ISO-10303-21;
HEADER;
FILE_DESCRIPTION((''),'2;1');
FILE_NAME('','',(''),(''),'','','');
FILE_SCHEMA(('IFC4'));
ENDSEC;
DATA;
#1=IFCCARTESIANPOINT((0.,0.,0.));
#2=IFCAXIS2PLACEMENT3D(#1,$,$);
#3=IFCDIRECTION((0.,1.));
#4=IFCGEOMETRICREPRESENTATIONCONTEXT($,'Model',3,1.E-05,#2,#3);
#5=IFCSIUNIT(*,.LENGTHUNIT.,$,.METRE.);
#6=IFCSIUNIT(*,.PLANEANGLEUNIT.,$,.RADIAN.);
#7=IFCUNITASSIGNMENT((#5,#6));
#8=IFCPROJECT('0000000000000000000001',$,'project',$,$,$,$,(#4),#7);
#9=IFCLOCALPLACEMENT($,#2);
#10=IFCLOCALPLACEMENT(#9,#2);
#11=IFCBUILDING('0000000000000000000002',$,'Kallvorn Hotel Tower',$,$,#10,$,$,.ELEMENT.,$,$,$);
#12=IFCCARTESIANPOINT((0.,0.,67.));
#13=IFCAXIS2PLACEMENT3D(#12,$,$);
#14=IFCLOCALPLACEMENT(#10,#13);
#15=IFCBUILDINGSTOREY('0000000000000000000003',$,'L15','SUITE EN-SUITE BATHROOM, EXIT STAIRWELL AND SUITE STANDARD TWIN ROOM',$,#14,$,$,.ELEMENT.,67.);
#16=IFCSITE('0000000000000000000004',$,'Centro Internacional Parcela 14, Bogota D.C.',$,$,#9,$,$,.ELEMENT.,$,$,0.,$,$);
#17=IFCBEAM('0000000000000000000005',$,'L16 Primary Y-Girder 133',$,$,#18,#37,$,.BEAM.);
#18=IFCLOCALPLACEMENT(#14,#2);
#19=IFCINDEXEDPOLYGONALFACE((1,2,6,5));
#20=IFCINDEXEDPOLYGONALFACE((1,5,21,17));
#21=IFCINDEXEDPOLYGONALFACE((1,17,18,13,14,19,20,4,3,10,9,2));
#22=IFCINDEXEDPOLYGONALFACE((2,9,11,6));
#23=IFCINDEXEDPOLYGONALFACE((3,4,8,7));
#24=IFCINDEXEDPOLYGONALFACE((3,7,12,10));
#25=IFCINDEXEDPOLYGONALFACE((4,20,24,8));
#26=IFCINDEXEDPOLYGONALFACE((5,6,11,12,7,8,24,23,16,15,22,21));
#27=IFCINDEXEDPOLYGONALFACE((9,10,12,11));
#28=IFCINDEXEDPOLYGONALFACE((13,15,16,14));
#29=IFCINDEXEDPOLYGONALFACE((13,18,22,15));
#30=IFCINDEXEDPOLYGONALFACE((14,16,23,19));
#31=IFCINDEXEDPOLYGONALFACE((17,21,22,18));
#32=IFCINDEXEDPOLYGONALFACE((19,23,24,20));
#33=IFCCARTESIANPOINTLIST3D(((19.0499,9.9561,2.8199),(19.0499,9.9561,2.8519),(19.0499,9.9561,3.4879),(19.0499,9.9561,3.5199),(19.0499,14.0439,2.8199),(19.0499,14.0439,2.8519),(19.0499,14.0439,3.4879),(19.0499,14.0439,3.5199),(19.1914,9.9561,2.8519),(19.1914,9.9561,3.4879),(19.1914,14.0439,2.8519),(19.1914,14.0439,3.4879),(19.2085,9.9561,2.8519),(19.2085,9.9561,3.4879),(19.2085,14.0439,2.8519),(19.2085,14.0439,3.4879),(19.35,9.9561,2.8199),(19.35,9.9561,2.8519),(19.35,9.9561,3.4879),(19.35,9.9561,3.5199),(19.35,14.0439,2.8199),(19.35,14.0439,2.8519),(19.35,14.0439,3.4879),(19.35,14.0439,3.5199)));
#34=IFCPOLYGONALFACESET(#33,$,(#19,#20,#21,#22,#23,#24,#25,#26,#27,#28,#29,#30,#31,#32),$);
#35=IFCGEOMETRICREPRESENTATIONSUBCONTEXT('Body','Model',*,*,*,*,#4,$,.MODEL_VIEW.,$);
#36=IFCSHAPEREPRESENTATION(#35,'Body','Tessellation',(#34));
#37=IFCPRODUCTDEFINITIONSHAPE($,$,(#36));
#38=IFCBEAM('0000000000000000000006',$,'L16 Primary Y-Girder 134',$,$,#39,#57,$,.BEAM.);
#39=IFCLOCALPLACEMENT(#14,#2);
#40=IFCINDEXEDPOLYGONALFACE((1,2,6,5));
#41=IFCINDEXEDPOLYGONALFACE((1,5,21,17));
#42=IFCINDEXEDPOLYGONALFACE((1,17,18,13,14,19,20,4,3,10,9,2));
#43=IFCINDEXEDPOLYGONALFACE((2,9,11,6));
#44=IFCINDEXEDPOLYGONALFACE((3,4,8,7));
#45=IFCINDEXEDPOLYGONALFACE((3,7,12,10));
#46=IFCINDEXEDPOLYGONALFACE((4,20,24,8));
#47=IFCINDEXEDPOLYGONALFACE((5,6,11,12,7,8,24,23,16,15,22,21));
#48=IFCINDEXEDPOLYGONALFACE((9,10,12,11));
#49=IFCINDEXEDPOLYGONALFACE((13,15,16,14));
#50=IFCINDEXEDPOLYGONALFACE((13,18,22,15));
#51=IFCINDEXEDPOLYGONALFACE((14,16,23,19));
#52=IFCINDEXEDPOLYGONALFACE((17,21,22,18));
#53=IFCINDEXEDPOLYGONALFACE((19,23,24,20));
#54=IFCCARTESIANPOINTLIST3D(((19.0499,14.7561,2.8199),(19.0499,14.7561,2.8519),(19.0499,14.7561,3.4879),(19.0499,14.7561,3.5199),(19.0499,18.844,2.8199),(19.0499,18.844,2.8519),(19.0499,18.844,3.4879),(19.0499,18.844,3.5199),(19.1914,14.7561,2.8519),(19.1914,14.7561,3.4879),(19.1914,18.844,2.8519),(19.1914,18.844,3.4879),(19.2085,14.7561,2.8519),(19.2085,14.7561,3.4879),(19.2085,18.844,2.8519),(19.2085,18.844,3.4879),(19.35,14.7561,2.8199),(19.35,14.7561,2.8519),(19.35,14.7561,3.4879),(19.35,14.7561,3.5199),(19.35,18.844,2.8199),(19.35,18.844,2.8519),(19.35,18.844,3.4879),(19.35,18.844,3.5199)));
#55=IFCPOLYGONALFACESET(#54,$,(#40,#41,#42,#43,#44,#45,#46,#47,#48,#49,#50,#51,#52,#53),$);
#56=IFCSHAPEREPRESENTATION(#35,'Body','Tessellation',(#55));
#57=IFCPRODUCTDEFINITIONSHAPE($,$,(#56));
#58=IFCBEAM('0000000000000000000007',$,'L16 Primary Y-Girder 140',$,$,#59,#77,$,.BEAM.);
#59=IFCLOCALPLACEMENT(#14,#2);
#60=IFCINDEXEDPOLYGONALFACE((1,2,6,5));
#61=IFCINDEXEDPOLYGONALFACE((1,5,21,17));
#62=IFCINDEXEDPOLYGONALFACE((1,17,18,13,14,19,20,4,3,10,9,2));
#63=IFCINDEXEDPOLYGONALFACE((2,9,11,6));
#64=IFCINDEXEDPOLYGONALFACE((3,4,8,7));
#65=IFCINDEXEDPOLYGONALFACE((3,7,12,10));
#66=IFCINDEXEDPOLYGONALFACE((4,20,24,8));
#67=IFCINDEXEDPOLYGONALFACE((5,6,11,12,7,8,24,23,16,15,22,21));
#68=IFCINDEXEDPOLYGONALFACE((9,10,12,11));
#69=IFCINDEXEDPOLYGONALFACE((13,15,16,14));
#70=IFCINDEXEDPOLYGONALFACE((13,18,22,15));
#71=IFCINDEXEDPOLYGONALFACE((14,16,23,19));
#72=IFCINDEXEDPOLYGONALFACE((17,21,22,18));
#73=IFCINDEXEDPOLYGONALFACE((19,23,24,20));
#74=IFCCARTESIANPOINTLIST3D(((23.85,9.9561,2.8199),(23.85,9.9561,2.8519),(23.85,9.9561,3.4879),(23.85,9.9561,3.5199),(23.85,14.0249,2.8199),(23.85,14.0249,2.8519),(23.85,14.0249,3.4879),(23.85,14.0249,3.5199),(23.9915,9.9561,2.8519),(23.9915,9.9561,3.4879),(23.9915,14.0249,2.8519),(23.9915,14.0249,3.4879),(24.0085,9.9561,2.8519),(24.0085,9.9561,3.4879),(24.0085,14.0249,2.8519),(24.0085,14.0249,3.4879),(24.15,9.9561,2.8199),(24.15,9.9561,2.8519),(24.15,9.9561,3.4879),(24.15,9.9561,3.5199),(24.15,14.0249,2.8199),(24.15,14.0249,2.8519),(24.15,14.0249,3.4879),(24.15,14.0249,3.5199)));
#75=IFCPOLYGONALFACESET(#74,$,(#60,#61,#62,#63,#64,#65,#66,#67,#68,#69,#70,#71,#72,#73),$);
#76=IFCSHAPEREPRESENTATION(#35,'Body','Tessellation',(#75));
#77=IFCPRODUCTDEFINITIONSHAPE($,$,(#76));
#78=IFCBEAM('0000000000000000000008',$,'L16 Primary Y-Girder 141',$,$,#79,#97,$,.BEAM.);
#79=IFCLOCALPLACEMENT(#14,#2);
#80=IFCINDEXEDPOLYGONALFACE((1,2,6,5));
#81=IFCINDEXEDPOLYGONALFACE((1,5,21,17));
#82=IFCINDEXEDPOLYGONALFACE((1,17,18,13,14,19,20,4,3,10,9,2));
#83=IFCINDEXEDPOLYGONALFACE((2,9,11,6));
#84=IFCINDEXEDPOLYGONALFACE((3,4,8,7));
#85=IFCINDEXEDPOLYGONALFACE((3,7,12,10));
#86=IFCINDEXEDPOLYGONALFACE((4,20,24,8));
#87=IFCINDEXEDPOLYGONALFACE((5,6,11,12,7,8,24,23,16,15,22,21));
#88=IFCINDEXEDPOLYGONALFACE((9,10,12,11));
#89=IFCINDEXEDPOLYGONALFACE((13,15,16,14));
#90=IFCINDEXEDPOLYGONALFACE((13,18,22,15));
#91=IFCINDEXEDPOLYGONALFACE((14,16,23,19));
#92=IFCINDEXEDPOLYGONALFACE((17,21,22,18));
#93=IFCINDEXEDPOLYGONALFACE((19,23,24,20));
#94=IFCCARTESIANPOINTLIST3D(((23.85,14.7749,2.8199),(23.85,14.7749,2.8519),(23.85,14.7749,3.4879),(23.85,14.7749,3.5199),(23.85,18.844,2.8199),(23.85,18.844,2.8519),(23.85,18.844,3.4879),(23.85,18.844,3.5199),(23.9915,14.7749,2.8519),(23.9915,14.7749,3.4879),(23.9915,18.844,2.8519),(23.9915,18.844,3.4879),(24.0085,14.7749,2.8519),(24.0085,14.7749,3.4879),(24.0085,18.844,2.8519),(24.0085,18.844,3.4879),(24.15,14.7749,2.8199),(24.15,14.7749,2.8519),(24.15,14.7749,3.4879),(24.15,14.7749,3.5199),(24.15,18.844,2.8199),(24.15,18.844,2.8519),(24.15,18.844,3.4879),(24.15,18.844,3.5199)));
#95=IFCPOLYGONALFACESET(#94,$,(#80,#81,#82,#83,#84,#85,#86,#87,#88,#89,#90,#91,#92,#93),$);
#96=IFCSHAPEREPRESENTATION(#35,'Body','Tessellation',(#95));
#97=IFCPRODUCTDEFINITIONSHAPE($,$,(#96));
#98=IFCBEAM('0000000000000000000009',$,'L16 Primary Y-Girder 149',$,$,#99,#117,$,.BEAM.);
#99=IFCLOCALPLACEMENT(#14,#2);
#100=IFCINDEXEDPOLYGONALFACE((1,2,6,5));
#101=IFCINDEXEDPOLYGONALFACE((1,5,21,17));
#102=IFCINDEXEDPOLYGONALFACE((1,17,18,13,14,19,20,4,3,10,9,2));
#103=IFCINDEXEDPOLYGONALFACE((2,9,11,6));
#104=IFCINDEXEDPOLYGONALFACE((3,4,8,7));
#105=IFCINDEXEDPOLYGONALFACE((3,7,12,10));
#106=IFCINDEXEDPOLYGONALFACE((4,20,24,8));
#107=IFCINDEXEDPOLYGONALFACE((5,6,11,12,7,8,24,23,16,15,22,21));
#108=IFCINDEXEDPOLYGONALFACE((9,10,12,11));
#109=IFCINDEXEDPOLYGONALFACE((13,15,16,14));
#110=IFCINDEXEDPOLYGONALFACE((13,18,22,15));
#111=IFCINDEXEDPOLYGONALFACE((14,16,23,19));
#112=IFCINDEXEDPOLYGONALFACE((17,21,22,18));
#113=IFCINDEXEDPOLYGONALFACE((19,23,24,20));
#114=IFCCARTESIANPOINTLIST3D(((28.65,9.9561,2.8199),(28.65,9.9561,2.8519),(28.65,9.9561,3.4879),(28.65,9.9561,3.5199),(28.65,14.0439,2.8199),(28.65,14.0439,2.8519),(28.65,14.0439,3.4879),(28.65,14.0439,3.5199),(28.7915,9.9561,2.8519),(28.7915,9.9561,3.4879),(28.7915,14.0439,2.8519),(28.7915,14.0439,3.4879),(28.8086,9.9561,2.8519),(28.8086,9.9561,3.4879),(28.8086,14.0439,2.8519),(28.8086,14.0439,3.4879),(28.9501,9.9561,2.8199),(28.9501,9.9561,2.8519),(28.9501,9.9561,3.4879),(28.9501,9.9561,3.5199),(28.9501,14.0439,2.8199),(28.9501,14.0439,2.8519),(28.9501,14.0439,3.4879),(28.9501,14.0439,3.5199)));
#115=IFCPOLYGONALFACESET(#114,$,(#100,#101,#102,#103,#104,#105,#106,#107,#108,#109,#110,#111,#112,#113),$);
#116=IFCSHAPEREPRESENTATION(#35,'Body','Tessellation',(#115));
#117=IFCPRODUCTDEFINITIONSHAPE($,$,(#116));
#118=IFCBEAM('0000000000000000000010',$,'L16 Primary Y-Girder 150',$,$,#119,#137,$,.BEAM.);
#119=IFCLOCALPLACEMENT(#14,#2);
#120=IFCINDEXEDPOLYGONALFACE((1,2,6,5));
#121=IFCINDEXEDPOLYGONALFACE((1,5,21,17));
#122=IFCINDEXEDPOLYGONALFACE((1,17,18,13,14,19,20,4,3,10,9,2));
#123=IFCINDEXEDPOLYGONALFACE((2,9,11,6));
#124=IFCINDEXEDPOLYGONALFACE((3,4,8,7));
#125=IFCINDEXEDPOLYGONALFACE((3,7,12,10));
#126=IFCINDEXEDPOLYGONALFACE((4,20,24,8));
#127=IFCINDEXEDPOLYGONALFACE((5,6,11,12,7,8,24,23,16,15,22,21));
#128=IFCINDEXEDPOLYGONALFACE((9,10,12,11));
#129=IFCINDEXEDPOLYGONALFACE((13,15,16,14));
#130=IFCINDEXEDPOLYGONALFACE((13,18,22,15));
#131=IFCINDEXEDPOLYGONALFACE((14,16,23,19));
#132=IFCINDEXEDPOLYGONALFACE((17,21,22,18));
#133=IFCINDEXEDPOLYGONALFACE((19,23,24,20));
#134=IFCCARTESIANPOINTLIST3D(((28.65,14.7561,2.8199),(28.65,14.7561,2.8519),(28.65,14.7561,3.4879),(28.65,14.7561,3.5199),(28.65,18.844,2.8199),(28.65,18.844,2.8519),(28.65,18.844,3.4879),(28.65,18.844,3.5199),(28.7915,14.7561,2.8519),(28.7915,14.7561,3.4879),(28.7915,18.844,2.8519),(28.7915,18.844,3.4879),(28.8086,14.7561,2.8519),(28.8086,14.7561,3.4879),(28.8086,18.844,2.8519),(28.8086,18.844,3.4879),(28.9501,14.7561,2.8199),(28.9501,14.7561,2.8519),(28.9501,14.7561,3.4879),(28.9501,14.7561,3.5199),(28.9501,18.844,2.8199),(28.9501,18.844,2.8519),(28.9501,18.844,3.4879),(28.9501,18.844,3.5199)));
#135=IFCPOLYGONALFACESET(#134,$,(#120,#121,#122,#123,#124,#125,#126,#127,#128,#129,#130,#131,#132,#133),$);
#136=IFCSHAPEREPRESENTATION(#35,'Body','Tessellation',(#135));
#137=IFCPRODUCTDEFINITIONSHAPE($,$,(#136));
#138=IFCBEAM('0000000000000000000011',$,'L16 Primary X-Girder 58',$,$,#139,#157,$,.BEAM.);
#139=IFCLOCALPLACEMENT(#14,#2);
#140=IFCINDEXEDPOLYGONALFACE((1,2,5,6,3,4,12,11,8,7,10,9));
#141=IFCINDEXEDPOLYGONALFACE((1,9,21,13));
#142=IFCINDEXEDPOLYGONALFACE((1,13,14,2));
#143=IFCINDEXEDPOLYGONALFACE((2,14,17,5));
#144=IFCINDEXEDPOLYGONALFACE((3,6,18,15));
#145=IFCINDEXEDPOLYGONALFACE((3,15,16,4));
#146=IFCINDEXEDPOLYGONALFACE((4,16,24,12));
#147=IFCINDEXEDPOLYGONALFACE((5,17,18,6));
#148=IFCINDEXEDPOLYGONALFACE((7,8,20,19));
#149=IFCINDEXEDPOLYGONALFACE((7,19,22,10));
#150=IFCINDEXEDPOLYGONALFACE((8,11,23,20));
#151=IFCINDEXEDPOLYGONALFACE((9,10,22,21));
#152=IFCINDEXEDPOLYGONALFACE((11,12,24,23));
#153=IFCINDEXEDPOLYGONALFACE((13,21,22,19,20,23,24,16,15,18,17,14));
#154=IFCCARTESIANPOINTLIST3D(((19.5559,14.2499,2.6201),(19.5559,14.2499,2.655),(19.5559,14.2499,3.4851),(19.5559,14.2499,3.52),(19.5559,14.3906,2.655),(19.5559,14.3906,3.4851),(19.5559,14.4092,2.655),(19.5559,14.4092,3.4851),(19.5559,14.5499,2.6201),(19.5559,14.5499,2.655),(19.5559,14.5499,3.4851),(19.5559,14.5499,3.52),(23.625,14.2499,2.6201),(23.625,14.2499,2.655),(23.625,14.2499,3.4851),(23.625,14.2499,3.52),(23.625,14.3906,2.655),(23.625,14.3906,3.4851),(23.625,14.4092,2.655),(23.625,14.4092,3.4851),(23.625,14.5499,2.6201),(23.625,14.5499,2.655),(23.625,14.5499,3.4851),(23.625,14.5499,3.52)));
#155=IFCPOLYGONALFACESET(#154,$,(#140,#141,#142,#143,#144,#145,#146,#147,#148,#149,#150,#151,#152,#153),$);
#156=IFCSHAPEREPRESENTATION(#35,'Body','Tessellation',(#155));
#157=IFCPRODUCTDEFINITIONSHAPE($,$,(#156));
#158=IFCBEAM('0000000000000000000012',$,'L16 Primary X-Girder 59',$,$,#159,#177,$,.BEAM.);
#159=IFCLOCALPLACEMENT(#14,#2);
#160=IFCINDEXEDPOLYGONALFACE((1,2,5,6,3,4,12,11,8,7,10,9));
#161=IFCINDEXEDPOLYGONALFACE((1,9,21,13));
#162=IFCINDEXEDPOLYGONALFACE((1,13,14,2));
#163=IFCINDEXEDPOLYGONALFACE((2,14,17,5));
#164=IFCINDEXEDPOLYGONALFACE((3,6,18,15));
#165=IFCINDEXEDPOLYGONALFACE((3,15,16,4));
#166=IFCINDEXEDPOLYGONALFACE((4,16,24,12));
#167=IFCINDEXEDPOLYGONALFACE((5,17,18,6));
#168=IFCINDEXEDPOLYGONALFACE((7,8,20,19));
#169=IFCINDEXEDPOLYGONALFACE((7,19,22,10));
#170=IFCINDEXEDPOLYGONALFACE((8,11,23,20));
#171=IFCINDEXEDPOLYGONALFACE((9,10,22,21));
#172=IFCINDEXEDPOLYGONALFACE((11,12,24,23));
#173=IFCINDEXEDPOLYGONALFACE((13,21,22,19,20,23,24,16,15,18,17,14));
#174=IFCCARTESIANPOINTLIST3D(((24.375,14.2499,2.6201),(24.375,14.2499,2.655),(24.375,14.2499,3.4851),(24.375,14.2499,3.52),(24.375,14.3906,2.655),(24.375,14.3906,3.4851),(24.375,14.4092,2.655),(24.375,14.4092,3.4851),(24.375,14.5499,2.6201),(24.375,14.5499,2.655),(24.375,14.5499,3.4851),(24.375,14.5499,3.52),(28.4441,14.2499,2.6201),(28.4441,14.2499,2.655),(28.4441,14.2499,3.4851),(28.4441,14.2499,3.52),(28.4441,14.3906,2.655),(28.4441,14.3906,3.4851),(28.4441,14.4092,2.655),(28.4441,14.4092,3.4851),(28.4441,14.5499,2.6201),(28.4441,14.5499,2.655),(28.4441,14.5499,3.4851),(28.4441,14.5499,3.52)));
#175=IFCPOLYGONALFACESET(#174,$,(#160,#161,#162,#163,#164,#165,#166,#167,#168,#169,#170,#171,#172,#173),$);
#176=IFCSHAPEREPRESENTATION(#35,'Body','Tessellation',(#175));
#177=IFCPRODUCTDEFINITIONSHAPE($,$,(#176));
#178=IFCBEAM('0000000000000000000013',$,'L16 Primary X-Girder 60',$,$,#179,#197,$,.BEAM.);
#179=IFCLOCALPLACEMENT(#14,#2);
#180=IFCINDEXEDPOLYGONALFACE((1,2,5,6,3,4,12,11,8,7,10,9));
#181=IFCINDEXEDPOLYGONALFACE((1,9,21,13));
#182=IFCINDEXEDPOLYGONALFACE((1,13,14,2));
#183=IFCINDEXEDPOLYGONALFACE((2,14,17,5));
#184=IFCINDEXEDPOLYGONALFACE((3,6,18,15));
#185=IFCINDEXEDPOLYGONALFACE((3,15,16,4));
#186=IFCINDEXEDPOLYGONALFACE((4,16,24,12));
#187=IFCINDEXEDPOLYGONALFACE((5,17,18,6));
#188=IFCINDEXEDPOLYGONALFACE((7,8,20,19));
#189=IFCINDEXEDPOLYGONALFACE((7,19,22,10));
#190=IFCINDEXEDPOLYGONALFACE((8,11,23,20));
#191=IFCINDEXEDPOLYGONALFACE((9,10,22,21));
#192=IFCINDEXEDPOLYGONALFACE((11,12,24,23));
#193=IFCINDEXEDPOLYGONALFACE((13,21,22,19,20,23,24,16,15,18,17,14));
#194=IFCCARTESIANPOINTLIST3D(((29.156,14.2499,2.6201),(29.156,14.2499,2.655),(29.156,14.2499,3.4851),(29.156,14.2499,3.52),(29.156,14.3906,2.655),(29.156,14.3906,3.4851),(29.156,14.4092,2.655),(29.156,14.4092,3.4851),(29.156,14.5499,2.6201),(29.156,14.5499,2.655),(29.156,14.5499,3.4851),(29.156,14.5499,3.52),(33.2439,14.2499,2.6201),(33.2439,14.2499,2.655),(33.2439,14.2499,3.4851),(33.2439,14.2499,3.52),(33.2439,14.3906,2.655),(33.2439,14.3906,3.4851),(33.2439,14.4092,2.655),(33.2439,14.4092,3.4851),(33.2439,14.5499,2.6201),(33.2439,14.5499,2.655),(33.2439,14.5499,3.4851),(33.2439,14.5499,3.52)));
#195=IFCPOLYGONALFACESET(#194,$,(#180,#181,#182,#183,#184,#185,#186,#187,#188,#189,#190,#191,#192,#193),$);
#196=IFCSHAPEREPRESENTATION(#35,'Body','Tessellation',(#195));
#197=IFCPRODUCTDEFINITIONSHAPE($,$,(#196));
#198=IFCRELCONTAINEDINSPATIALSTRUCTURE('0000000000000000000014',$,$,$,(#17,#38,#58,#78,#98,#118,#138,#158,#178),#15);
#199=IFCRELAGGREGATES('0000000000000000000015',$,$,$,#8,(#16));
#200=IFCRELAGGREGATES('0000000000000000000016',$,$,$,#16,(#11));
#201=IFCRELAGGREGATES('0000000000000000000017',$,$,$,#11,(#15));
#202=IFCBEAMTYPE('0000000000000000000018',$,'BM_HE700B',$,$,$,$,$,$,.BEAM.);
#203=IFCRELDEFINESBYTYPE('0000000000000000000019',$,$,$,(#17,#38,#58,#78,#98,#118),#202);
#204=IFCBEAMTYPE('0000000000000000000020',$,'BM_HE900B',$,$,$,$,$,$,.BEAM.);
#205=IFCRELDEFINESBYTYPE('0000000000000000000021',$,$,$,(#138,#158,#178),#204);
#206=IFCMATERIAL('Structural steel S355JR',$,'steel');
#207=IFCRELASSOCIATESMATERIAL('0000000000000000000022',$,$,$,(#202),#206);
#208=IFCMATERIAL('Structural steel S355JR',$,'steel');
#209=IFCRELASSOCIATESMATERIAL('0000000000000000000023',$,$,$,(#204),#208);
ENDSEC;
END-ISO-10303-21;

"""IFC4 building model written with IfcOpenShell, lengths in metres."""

from ifc_helpers import new_model, si_unit, direction, frame, origin, origin_2d, place, context, subcontext, project, spatial, i_section, extrude, material, material_profile, profile_set, type_object, element, save


model = new_model("IFC4")

# Units and contexts
model_context = context("Model", 3, precision=1e-05, world=origin(), true_north=direction((0.0, 1.0)))
body_context = subcontext(model_context, "Body", "Model", "MODEL_VIEW")
ifc_project = project(units=[si_unit("LENGTHUNIT", "METRE"), si_unit("PLANEANGLEUNIT", "RADIAN")], contexts=[model_context])

# Site, building, storey
site_placement = place(None, origin())
site = spatial("IfcSite", under=ifc_project, at=site_placement, Name="Centro Internacional Parcela 14, Bogota D.C.", CompositionType="ELEMENT", RefElevation=0.0)
building_placement = place(site_placement, origin())
building = spatial("IfcBuilding", under=site, at=building_placement, Name="Kallvorn Hotel Tower", CompositionType="ELEMENT")
storey_placement = place(building_placement, frame((0.0, 0.0, 67.0)))
storey = spatial("IfcBuildingStorey", under=building, at=storey_placement, Name="L15", Description="SUITE EN-SUITE BATHROOM, EXIT STAIRWELL AND SUITE STANDARD TWIN ROOM", CompositionType="ELEMENT", Elevation=67.0)

# Beams
ifc_material_1 = material(Name="Structural steel S355JR", Category="steel")
ifc_material_profile_1 = material_profile(ifc_material_1, i_section(OverallWidth=0.3, OverallDepth=0.7, WebThickness=0.0171, FlangeThickness=0.032, at=origin_2d()), Name="HE 700 B")
ifc_profile_set_1 = profile_set([ifc_material_profile_1], Name="Structural steel S355JR")
beam_type_1 = type_object("IfcBeamType", Name="BM_HE700B", PredefinedType="BEAM", material=ifc_profile_set_1)
for number, where, z_axis, x_axis, name in (
    (1, (19.2, 9.9561, 3.1699), (0.0, 1.0, 0.0), (-1.0, 0.0, 0.0), "L16 Primary Y-Girder 133"),
    (2, (19.2, 14.7561, 3.1699), (0.0, 1.0, 0.0), (-1.0, 0.0, 0.0), "L16 Primary Y-Girder 134"),
):
    element("IfcBeam", number, at=place(storey_placement, frame(where, z_axis=z_axis, x_axis=x_axis)), inside=storey, type_object=beam_type_1, Name=name, PredefinedType="BEAM", context=body_context, shape_type="SweptSolid", body=[
        extrude(i_section(OverallWidth=0.3, OverallDepth=0.7, WebThickness=0.0171, FlangeThickness=0.032, at=origin_2d()), origin(), (0.0, 0.0, 1.0), 4.0879),
    ])
beam_1_placement = place(storey_placement, frame((24.0, 9.9561, 3.1699), z_axis=(0.0, 1.0, 0.0), x_axis=(-1.0, 0.0, 0.0)))
element("IfcBeam", 3, at=beam_1_placement, inside=storey, type_object=beam_type_1, Name="L16 Primary Y-Girder 140", PredefinedType="BEAM", context=body_context, shape_type="SweptSolid", body=[
    extrude(i_section(OverallWidth=0.3, OverallDepth=0.7, WebThickness=0.0171, FlangeThickness=0.032, at=origin_2d()), origin(), (0.0, 0.0, 1.0), 4.0688),
])
beam_2_placement = place(storey_placement, frame((24.0, 14.7749, 3.1699), z_axis=(0.0, 1.0, 0.0), x_axis=(-1.0, 0.0, 0.0)))
element("IfcBeam", 4, at=beam_2_placement, inside=storey, type_object=beam_type_1, Name="L16 Primary Y-Girder 141", PredefinedType="BEAM", context=body_context, shape_type="SweptSolid", body=[
    extrude(i_section(OverallWidth=0.3, OverallDepth=0.7, WebThickness=0.0171, FlangeThickness=0.032, at=origin_2d()), origin(), (0.0, 0.0, 1.0), 4.0691),
])
for number, where, z_axis, x_axis, name in (
    (5, (28.8, 9.9561, 3.1699), (0.0, 1.0, 0.0), (-1.0, 0.0, 0.0), "L16 Primary Y-Girder 149"),
    (6, (28.8, 14.7561, 3.1699), (0.0, 1.0, 0.0), (-1.0, 0.0, 0.0), "L16 Primary Y-Girder 150"),
):
    element("IfcBeam", number, at=place(storey_placement, frame(where, z_axis=z_axis, x_axis=x_axis)), inside=storey, type_object=beam_type_1, Name=name, PredefinedType="BEAM", context=body_context, shape_type="SweptSolid", body=[
        extrude(i_section(OverallWidth=0.3, OverallDepth=0.7, WebThickness=0.0171, FlangeThickness=0.032, at=origin_2d()), origin(), (0.0, 0.0, 1.0), 4.0879),
    ])
ifc_material_2 = material(Name="Structural steel S355JR", Category="steel")
ifc_material_profile_2 = material_profile(ifc_material_2, i_section(OverallWidth=0.3, OverallDepth=0.8999, WebThickness=0.0186, FlangeThickness=0.0349, at=origin_2d()), Name="HE 900 B")
ifc_profile_set_2 = profile_set([ifc_material_profile_2], Name="Structural steel S355JR")
beam_type_2 = type_object("IfcBeamType", Name="BM_HE900B", PredefinedType="BEAM", material=ifc_profile_set_2)
for number, where, z_axis, x_axis, name in (
    (7, (19.5559, 14.3999, 3.0701), (1.0, 0.0, 0.0), (0.0, 1.0, 0.0), "L16 Primary X-Girder 58"),
    (8, (24.375, 14.3999, 3.0701), (1.0, 0.0, 0.0), (0.0, 1.0, 0.0), "L16 Primary X-Girder 59"),
):
    element("IfcBeam", number, at=place(storey_placement, frame(where, z_axis=z_axis, x_axis=x_axis)), inside=storey, type_object=beam_type_2, Name=name, PredefinedType="BEAM", context=body_context, shape_type="SweptSolid", body=[
        extrude(i_section(OverallWidth=0.3, OverallDepth=0.8999, WebThickness=0.0186, FlangeThickness=0.0349, at=origin_2d()), origin(), (0.0, 0.0, 1.0), 4.0691),
    ])
beam_3_placement = place(storey_placement, frame((29.156, 14.3999, 3.0701), z_axis=(1.0, 0.0, 0.0), x_axis=(0.0, 1.0, 0.0)))
element("IfcBeam", 9, at=beam_3_placement, inside=storey, type_object=beam_type_2, Name="L16 Primary X-Girder 60", PredefinedType="BEAM", context=body_context, shape_type="SweptSolid", body=[
    extrude(i_section(OverallWidth=0.3, OverallDepth=0.8999, WebThickness=0.0186, FlangeThickness=0.0349, at=origin_2d()), origin(), (0.0, 0.0, 1.0), 4.0879),
])

save(model, "model.ifc")
